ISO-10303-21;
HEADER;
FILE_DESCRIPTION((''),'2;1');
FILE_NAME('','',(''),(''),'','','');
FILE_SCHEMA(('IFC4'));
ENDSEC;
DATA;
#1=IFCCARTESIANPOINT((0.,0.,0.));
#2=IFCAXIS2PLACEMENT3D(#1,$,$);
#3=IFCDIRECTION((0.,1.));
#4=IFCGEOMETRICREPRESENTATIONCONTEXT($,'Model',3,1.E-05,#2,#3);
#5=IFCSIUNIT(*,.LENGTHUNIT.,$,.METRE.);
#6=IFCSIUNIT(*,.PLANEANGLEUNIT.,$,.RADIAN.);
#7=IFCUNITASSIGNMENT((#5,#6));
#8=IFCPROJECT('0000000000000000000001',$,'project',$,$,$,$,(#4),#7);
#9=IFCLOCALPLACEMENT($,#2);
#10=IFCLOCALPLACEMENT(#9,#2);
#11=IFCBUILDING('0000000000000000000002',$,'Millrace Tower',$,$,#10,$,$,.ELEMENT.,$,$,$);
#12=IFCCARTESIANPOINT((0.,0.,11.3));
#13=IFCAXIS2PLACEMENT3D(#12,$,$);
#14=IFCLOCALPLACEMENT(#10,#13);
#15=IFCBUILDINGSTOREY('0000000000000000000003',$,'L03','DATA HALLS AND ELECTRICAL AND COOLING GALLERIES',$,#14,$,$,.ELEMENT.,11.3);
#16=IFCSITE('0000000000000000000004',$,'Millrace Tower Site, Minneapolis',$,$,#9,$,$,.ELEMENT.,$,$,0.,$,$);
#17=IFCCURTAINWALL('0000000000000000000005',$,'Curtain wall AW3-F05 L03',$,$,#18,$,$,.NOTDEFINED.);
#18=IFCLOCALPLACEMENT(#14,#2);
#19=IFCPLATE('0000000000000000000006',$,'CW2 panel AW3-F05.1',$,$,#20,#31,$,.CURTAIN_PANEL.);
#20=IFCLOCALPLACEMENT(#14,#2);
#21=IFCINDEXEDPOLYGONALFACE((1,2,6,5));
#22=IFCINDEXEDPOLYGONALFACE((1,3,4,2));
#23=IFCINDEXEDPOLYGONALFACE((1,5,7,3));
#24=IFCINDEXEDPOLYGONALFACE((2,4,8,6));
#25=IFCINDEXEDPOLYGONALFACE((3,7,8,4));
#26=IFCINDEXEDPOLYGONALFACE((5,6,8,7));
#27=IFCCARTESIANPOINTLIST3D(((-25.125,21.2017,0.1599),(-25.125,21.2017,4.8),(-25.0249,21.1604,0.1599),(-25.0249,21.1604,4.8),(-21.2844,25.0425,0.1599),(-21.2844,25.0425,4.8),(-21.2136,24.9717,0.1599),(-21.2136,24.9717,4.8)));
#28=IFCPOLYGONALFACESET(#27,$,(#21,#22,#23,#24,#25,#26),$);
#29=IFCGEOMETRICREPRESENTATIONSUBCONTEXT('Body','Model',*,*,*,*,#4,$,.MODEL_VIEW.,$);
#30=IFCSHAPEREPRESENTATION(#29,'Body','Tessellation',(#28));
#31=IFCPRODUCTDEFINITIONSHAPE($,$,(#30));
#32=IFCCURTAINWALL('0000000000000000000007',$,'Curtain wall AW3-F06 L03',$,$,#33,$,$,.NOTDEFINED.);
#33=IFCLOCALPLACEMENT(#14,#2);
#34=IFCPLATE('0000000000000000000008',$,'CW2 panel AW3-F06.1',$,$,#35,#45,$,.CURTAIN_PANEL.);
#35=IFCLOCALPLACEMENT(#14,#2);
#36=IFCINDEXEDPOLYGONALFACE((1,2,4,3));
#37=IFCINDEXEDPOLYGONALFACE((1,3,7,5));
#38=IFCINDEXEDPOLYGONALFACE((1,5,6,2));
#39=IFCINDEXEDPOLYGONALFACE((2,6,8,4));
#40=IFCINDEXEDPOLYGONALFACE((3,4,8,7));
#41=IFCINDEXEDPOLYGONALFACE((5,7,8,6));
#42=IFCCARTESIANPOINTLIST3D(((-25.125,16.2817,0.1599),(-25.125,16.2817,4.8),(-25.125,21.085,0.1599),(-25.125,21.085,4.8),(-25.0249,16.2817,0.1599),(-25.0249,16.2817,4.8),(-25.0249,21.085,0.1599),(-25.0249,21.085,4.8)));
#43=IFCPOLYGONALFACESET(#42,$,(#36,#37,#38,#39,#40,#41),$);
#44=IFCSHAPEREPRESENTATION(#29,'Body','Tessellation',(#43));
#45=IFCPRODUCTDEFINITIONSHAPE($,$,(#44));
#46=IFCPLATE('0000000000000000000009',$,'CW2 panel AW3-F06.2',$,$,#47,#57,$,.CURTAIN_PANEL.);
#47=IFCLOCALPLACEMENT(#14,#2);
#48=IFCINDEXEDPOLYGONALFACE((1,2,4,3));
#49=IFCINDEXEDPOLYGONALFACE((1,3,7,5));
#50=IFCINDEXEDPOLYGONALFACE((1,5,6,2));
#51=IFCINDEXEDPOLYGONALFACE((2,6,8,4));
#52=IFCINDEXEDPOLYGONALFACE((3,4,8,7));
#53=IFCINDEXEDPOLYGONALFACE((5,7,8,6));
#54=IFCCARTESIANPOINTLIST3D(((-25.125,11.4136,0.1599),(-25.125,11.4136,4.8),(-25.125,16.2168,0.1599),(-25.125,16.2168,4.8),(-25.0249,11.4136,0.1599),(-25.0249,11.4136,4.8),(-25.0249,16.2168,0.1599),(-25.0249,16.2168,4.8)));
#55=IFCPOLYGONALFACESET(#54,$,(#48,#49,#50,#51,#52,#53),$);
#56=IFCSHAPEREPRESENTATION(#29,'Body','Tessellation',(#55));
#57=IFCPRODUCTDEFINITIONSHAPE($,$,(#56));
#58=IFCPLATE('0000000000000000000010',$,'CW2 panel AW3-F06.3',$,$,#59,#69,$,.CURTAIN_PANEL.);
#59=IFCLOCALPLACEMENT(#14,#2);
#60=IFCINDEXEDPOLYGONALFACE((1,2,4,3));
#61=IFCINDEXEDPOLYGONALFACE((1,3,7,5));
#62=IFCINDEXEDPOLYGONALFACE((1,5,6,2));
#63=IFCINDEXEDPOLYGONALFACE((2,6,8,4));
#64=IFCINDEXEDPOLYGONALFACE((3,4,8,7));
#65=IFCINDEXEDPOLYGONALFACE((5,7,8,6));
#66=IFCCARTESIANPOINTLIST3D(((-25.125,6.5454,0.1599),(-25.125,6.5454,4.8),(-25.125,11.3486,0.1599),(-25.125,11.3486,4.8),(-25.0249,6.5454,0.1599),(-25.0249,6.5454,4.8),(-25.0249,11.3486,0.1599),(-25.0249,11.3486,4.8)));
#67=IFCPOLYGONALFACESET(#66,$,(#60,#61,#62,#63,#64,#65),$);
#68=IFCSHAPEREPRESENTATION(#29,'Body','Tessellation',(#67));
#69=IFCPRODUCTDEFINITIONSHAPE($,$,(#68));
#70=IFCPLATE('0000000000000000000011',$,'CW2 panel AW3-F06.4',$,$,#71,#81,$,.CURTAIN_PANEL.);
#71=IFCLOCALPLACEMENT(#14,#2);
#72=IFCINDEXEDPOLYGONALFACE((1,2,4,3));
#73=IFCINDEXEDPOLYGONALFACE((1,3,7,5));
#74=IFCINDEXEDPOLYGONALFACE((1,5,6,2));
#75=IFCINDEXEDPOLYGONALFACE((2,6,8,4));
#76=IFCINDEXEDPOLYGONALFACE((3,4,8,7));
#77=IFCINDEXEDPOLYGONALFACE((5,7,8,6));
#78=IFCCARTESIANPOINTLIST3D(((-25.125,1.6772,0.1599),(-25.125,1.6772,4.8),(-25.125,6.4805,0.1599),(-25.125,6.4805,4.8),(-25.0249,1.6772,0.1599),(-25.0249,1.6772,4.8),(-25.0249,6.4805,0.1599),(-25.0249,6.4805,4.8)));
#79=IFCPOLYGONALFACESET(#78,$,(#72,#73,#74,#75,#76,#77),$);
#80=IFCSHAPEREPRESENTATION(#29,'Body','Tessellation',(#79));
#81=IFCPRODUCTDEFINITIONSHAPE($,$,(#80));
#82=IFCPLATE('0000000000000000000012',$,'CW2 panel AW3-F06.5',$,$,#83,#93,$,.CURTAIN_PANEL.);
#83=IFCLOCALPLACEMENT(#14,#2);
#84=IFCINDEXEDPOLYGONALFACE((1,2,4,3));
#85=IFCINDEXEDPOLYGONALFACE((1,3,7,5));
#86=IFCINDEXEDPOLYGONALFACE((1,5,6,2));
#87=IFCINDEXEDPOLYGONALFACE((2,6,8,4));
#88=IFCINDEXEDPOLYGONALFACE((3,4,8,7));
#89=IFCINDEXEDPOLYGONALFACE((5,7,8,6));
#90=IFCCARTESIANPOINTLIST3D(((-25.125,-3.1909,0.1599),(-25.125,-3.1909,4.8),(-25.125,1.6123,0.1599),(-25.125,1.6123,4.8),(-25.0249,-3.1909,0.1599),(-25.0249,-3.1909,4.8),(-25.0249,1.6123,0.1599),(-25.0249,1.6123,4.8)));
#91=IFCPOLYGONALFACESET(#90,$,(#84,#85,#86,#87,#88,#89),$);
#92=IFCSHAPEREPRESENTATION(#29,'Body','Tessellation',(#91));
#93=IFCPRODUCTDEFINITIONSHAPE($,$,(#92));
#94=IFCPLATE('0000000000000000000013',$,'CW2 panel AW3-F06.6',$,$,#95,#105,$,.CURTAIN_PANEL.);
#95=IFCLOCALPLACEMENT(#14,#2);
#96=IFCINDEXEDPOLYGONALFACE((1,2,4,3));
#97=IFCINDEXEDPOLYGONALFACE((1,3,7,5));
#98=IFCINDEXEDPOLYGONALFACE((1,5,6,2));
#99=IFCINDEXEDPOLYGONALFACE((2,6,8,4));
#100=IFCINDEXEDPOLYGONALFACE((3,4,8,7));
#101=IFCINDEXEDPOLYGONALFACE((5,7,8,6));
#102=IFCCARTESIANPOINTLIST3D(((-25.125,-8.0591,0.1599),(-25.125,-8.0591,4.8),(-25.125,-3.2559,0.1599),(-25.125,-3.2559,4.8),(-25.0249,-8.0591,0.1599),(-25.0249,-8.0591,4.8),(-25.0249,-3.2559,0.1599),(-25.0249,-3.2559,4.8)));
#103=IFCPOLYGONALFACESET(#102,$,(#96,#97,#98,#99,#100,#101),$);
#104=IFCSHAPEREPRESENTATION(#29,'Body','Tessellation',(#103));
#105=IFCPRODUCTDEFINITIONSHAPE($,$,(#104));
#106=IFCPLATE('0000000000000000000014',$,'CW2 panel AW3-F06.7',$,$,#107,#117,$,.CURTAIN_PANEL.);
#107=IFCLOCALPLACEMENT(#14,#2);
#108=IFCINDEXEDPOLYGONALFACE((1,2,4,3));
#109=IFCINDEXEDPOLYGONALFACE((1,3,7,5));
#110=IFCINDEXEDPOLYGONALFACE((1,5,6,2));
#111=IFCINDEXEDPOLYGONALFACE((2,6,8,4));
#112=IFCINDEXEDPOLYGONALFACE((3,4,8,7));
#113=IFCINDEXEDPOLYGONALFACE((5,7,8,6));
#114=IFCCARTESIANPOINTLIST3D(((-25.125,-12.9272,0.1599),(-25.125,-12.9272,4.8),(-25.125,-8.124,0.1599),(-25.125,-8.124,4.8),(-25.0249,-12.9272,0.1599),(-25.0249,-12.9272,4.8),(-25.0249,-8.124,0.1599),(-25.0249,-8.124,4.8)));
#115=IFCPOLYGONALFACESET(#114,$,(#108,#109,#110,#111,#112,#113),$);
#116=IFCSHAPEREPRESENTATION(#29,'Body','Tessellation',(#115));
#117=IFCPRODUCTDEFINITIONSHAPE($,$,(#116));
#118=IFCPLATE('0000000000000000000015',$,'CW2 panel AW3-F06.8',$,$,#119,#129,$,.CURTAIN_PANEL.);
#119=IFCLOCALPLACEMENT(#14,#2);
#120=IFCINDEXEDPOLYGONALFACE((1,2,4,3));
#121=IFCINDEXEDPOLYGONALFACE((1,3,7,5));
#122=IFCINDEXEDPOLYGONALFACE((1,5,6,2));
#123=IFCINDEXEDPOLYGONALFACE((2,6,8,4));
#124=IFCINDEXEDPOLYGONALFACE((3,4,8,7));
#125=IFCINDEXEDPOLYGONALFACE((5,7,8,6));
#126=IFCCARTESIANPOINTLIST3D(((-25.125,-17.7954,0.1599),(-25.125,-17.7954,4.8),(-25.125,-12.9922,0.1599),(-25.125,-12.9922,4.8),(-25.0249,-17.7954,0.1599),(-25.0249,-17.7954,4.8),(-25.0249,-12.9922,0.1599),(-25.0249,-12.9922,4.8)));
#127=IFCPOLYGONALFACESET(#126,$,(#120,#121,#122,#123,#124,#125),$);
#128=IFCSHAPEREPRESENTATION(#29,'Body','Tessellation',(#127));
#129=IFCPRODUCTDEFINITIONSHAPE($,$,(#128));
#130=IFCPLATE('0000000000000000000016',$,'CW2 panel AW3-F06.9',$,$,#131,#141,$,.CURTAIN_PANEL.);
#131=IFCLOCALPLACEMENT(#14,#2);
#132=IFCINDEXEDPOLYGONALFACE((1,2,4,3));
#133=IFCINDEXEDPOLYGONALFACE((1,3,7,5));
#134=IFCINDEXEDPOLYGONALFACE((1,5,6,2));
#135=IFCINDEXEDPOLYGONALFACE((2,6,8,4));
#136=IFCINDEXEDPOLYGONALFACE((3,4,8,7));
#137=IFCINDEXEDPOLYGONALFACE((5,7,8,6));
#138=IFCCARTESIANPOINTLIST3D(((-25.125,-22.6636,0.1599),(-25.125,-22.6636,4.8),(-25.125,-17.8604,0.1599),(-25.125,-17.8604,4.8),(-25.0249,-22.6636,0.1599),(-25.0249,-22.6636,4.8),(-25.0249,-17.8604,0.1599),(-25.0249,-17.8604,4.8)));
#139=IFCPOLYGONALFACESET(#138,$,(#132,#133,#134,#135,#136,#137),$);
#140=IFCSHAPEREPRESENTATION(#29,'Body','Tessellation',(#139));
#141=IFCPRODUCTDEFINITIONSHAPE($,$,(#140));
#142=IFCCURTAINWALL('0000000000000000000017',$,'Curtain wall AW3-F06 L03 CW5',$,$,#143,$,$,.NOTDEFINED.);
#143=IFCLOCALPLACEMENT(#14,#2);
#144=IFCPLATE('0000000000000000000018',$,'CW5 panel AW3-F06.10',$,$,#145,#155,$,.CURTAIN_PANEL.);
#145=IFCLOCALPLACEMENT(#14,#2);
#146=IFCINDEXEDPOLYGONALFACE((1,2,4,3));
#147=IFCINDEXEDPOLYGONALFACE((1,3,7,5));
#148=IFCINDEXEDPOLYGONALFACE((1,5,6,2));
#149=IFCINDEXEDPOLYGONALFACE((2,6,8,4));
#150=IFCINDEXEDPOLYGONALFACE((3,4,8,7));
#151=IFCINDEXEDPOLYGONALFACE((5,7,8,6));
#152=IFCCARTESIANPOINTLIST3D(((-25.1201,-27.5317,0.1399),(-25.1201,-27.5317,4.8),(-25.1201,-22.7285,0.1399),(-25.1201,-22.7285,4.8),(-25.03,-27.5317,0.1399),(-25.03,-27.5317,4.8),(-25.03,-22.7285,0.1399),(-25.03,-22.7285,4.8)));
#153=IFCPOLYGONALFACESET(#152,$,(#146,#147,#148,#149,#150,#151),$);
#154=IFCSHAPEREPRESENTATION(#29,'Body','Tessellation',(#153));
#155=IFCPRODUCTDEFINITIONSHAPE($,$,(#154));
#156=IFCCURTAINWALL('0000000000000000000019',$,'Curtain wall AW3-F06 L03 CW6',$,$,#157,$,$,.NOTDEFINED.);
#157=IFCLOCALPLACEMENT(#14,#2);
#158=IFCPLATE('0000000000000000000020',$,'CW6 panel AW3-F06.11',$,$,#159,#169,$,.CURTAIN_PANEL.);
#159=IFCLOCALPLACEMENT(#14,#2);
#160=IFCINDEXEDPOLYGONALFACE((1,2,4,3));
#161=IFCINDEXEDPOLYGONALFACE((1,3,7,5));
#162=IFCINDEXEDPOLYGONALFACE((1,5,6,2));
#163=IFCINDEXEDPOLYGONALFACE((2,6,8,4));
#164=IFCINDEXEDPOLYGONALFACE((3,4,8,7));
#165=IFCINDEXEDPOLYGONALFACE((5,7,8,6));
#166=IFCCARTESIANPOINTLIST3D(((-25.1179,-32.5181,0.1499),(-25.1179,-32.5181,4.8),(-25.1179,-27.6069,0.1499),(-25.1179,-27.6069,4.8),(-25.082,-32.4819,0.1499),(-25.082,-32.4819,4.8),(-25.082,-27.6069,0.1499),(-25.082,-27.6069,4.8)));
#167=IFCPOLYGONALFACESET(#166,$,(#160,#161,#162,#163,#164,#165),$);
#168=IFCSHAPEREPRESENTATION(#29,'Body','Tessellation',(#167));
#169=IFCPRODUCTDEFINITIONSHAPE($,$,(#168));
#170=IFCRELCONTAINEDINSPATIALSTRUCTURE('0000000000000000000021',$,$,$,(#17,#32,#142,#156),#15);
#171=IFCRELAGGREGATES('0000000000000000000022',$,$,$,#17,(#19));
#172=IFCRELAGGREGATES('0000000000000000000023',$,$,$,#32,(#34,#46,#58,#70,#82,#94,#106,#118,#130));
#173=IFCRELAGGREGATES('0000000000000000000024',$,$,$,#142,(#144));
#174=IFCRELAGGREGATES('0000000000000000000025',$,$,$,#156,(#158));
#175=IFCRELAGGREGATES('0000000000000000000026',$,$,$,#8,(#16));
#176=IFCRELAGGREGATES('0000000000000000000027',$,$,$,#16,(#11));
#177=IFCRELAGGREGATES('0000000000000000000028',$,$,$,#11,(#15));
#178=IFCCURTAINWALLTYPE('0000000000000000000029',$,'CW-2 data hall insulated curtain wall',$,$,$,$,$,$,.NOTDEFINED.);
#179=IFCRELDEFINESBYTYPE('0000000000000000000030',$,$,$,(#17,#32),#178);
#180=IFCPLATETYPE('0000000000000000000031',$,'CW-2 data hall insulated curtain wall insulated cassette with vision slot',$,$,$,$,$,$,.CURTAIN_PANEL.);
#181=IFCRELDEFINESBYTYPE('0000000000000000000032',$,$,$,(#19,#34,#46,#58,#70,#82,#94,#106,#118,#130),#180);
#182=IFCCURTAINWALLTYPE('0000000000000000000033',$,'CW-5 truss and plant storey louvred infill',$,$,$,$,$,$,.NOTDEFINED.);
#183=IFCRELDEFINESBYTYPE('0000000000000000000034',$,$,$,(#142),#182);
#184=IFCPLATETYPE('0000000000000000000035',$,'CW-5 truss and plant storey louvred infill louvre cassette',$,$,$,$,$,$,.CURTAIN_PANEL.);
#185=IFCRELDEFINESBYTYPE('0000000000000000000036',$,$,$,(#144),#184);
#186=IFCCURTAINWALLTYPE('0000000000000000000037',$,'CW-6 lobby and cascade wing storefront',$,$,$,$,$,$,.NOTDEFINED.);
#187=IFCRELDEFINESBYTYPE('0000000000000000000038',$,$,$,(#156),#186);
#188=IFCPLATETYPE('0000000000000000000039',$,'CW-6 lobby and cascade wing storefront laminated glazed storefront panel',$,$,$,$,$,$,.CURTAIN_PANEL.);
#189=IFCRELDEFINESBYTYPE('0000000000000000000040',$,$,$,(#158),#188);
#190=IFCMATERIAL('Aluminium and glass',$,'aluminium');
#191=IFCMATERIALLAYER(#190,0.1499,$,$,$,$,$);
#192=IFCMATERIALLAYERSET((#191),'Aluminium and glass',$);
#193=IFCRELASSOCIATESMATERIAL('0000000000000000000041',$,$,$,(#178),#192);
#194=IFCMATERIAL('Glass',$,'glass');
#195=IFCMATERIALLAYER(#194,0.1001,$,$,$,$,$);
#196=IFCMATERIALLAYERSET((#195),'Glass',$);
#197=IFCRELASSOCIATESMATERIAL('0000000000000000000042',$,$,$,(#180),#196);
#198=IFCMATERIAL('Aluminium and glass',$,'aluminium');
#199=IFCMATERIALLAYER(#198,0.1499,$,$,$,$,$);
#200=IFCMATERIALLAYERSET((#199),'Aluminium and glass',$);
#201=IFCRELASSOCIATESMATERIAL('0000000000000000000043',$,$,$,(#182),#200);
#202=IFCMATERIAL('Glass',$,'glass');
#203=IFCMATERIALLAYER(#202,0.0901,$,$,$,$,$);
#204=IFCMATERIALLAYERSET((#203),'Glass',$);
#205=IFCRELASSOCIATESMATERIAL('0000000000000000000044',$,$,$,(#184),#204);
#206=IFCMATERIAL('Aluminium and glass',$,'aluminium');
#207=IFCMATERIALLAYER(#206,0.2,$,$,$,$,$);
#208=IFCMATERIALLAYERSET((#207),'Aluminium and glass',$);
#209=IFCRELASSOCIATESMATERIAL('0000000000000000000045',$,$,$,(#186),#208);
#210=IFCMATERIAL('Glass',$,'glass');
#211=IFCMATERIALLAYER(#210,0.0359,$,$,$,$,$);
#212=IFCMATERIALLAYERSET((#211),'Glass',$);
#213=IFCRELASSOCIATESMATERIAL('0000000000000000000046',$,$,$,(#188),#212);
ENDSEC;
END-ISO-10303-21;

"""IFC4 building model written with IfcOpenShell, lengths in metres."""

from ifc_helpers import new_model, si_unit, direction, frame, origin, place, context, subcontext, project, spatial, polyline, outline, extrude, material, layer, layer_set, type_object, element, aggregate, save


model = new_model("IFC4")

# Units and contexts
model_context = context("Model", 3, precision=1e-05, world=origin(), true_north=direction((0.0, 1.0)))
body_context = subcontext(model_context, "Body", "Model", "MODEL_VIEW")
ifc_project = project(units=[si_unit("LENGTHUNIT", "METRE"), si_unit("PLANEANGLEUNIT", "RADIAN")], contexts=[model_context])

# Site, building, storey
site_placement = place(None, origin())
site = spatial("IfcSite", under=ifc_project, at=site_placement, Name="Millrace Tower Site, Minneapolis", CompositionType="ELEMENT", RefElevation=0.0)
building_placement = place(site_placement, origin())
building = spatial("IfcBuilding", under=site, at=building_placement, Name="Millrace Tower", CompositionType="ELEMENT")
storey_placement = place(building_placement, frame((0.0, 0.0, 11.3)))
storey = spatial("IfcBuildingStorey", under=building, at=storey_placement, Name="L03", Description="DATA HALLS AND ELECTRICAL AND COOLING GALLERIES", CompositionType="ELEMENT", Elevation=11.3)

# Curtain wall, plate
ifc_material_1 = material(Name="Aluminium and glass", Category="aluminium")
ifc_layer_1 = layer(ifc_material_1, 0.1499)
ifc_layer_set_1 = layer_set([ifc_layer_1], Name="Aluminium and glass")
curtain_wall_type_1 = type_object("IfcCurtainWallType", Name="CW-2 data hall insulated curtain wall", PredefinedType="NOTDEFINED", material=ifc_layer_set_1)
placement_1 = place(storey_placement, origin())
curtain_wall_1 = element("IfcCurtainWall", 1, at=placement_1, inside=storey, type_object=curtain_wall_type_1, Name="Curtain wall AW3-F05 L03", PredefinedType="NOTDEFINED")
ifc_material_2 = material(Name="Glass", Category="glass")
ifc_layer_2 = layer(ifc_material_2, 0.1001)
ifc_layer_set_2 = layer_set([ifc_layer_2], Name="Glass")
plate_type_1 = type_object("IfcPlateType", Name="CW-2 data hall insulated curtain wall insulated cassette with vision slot", PredefinedType="CURTAIN_PANEL", material=ifc_layer_set_2)
placement_2 = place(storey_placement, frame((0.0, 0.0, 0.1599)))
plate_1 = element("IfcPlate", 2, at=placement_2, type_object=plate_type_1, Name="CW2 panel AW3-F05.1", PredefinedType="CURTAIN_PANEL", context=body_context, shape_type="SweptSolid", body=[
    extrude(outline(polyline([(-21.2844, 25.0425), (-25.125, 21.2017), (-25.0249, 21.1604), (-21.2136, 24.9717), (-21.2844, 25.0425)])), origin(), (0.0, 0.0, 1.0), 4.6401),
])
aggregate(curtain_wall_1, [plate_1])

# Curtain wall, plates
curtain_wall_2 = element("IfcCurtainWall", 3, at=placement_1, inside=storey, type_object=curtain_wall_type_1, Name="Curtain wall AW3-F06 L03", PredefinedType="NOTDEFINED")
plate_2 = element("IfcPlate", 4, at=placement_2, type_object=plate_type_1, Name="CW2 panel AW3-F06.1", PredefinedType="CURTAIN_PANEL", context=body_context, shape_type="SweptSolid", body=[
    extrude(outline(polyline([(-25.125, 21.085), (-25.125, 16.2817), (-25.0249, 16.2817), (-25.0249, 21.085), (-25.125, 21.085)])), origin(), (0.0, 0.0, 1.0), 4.6401),
])
plate_3 = element("IfcPlate", 5, at=placement_2, type_object=plate_type_1, Name="CW2 panel AW3-F06.2", PredefinedType="CURTAIN_PANEL", context=body_context, shape_type="SweptSolid", body=[
    extrude(outline(polyline([(-25.125, 16.2168), (-25.125, 11.4136), (-25.0249, 11.4136), (-25.0249, 16.2168), (-25.125, 16.2168)])), origin(), (0.0, 0.0, 1.0), 4.6401),
])
plate_4 = element("IfcPlate", 6, at=placement_2, type_object=plate_type_1, Name="CW2 panel AW3-F06.3", PredefinedType="CURTAIN_PANEL", context=body_context, shape_type="SweptSolid", body=[
    extrude(outline(polyline([(-25.125, 11.3486), (-25.125, 6.5454), (-25.0249, 6.5454), (-25.0249, 11.3486), (-25.125, 11.3486)])), origin(), (0.0, 0.0, 1.0), 4.6401),
])
plate_5 = element("IfcPlate", 7, at=placement_2, type_object=plate_type_1, Name="CW2 panel AW3-F06.4", PredefinedType="CURTAIN_PANEL", context=body_context, shape_type="SweptSolid", body=[
    extrude(outline(polyline([(-25.125, 6.4805), (-25.125, 1.6772), (-25.0249, 1.6772), (-25.0249, 6.4805), (-25.125, 6.4805)])), origin(), (0.0, 0.0, 1.0), 4.6401),
])
plate_6 = element("IfcPlate", 8, at=placement_2, type_object=plate_type_1, Name="CW2 panel AW3-F06.5", PredefinedType="CURTAIN_PANEL", context=body_context, shape_type="SweptSolid", body=[
    extrude(outline(polyline([(-25.125, 1.6123), (-25.125, -3.1909), (-25.0249, -3.1909), (-25.0249, 1.6123), (-25.125, 1.6123)])), origin(), (0.0, 0.0, 1.0), 4.6401),
])
plate_7 = element("IfcPlate", 9, at=placement_2, type_object=plate_type_1, Name="CW2 panel AW3-F06.6", PredefinedType="CURTAIN_PANEL", context=body_context, shape_type="SweptSolid", body=[
    extrude(outline(polyline([(-25.125, -3.2559), (-25.125, -8.0591), (-25.0249, -8.0591), (-25.0249, -3.2559), (-25.125, -3.2559)])), origin(), (0.0, 0.0, 1.0), 4.6401),
])
plate_8 = element("IfcPlate", 10, at=placement_2, type_object=plate_type_1, Name="CW2 panel AW3-F06.7", PredefinedType="CURTAIN_PANEL", context=body_context, shape_type="SweptSolid", body=[
    extrude(outline(polyline([(-25.125, -8.124), (-25.125, -12.9272), (-25.0249, -12.9272), (-25.0249, -8.124), (-25.125, -8.124)])), origin(), (0.0, 0.0, 1.0), 4.6401),
])
plate_9 = element("IfcPlate", 11, at=placement_2, type_object=plate_type_1, Name="CW2 panel AW3-F06.8", PredefinedType="CURTAIN_PANEL", context=body_context, shape_type="SweptSolid", body=[
    extrude(outline(polyline([(-25.125, -12.9922), (-25.125, -17.7954), (-25.0249, -17.7954), (-25.0249, -12.9922), (-25.125, -12.9922)])), origin(), (0.0, 0.0, 1.0), 4.6401),
])
plate_10 = element("IfcPlate", 12, at=placement_2, type_object=plate_type_1, Name="CW2 panel AW3-F06.9", PredefinedType="CURTAIN_PANEL", context=body_context, shape_type="SweptSolid", body=[
    extrude(outline(polyline([(-25.125, -17.8604), (-25.125, -22.6636), (-25.0249, -22.6636), (-25.0249, -17.8604), (-25.125, -17.8604)])), origin(), (0.0, 0.0, 1.0), 4.6401),
])
aggregate(curtain_wall_2, [plate_2, plate_3, plate_4, plate_5, plate_6, plate_7, plate_8, plate_9, plate_10])

# Curtain walls, plates
ifc_material_3 = material(Name="Aluminium and glass", Category="aluminium")
ifc_layer_3 = layer(ifc_material_3, 0.1499)
ifc_layer_set_3 = layer_set([ifc_layer_3], Name="Aluminium and glass")
curtain_wall_type_2 = type_object("IfcCurtainWallType", Name="CW-5 truss and plant storey louvred infill", PredefinedType="NOTDEFINED", material=ifc_layer_set_3)
curtain_wall_3 = element("IfcCurtainWall", 13, at=placement_1, inside=storey, type_object=curtain_wall_type_2, Name="Curtain wall AW3-F06 L03 CW5", PredefinedType="NOTDEFINED")
ifc_material_4 = material(Name="Glass", Category="glass")
ifc_layer_4 = layer(ifc_material_4, 0.0901)
ifc_layer_set_4 = layer_set([ifc_layer_4], Name="Glass")
plate_type_2 = type_object("IfcPlateType", Name="CW-5 truss and plant storey louvred infill louvre cassette", PredefinedType="CURTAIN_PANEL", material=ifc_layer_set_4)
plate_11_placement = place(storey_placement, frame((0.0, 0.0, 0.1399)))
plate_11 = element("IfcPlate", 14, at=plate_11_placement, type_object=plate_type_2, Name="CW5 panel AW3-F06.10", PredefinedType="CURTAIN_PANEL", context=body_context, shape_type="SweptSolid", body=[
    extrude(outline(polyline([(-25.1201, -22.7285), (-25.1201, -27.5317), (-25.03, -27.5317), (-25.03, -22.7285), (-25.1201, -22.7285)])), origin(), (0.0, 0.0, 1.0), 4.6602),
])
aggregate(curtain_wall_3, [plate_11])
ifc_material_5 = material(Name="Aluminium and glass", Category="aluminium")
ifc_layer_5 = layer(ifc_material_5, 0.2)
ifc_layer_set_5 = layer_set([ifc_layer_5], Name="Aluminium and glass")
curtain_wall_type_3 = type_object("IfcCurtainWallType", Name="CW-6 lobby and cascade wing storefront", PredefinedType="NOTDEFINED", material=ifc_layer_set_5)
curtain_wall_4 = element("IfcCurtainWall", 15, at=placement_1, inside=storey, type_object=curtain_wall_type_3, Name="Curtain wall AW3-F06 L03 CW6", PredefinedType="NOTDEFINED")
ifc_material_6 = material(Name="Glass", Category="glass")
ifc_layer_6 = layer(ifc_material_6, 0.0359)
ifc_layer_set_6 = layer_set([ifc_layer_6], Name="Glass")
plate_type_3 = type_object("IfcPlateType", Name="CW-6 lobby and cascade wing storefront laminated glazed storefront panel", PredefinedType="CURTAIN_PANEL", material=ifc_layer_set_6)
plate_12_placement = place(storey_placement, frame((0.0, 0.0, 0.1499)))
plate_12 = element("IfcPlate", 16, at=plate_12_placement, type_object=plate_type_3, Name="CW6 panel AW3-F06.11", PredefinedType="CURTAIN_PANEL", context=body_context, shape_type="SweptSolid", body=[
    extrude(outline(polyline([(-25.1179, -27.6069), (-25.1179, -32.5181), (-25.082, -32.4819), (-25.082, -27.6069), (-25.1179, -27.6069)])), origin(), (0.0, 0.0, 1.0), 4.6501),
])
aggregate(curtain_wall_4, [plate_12])

save(model, "model.ifc")
